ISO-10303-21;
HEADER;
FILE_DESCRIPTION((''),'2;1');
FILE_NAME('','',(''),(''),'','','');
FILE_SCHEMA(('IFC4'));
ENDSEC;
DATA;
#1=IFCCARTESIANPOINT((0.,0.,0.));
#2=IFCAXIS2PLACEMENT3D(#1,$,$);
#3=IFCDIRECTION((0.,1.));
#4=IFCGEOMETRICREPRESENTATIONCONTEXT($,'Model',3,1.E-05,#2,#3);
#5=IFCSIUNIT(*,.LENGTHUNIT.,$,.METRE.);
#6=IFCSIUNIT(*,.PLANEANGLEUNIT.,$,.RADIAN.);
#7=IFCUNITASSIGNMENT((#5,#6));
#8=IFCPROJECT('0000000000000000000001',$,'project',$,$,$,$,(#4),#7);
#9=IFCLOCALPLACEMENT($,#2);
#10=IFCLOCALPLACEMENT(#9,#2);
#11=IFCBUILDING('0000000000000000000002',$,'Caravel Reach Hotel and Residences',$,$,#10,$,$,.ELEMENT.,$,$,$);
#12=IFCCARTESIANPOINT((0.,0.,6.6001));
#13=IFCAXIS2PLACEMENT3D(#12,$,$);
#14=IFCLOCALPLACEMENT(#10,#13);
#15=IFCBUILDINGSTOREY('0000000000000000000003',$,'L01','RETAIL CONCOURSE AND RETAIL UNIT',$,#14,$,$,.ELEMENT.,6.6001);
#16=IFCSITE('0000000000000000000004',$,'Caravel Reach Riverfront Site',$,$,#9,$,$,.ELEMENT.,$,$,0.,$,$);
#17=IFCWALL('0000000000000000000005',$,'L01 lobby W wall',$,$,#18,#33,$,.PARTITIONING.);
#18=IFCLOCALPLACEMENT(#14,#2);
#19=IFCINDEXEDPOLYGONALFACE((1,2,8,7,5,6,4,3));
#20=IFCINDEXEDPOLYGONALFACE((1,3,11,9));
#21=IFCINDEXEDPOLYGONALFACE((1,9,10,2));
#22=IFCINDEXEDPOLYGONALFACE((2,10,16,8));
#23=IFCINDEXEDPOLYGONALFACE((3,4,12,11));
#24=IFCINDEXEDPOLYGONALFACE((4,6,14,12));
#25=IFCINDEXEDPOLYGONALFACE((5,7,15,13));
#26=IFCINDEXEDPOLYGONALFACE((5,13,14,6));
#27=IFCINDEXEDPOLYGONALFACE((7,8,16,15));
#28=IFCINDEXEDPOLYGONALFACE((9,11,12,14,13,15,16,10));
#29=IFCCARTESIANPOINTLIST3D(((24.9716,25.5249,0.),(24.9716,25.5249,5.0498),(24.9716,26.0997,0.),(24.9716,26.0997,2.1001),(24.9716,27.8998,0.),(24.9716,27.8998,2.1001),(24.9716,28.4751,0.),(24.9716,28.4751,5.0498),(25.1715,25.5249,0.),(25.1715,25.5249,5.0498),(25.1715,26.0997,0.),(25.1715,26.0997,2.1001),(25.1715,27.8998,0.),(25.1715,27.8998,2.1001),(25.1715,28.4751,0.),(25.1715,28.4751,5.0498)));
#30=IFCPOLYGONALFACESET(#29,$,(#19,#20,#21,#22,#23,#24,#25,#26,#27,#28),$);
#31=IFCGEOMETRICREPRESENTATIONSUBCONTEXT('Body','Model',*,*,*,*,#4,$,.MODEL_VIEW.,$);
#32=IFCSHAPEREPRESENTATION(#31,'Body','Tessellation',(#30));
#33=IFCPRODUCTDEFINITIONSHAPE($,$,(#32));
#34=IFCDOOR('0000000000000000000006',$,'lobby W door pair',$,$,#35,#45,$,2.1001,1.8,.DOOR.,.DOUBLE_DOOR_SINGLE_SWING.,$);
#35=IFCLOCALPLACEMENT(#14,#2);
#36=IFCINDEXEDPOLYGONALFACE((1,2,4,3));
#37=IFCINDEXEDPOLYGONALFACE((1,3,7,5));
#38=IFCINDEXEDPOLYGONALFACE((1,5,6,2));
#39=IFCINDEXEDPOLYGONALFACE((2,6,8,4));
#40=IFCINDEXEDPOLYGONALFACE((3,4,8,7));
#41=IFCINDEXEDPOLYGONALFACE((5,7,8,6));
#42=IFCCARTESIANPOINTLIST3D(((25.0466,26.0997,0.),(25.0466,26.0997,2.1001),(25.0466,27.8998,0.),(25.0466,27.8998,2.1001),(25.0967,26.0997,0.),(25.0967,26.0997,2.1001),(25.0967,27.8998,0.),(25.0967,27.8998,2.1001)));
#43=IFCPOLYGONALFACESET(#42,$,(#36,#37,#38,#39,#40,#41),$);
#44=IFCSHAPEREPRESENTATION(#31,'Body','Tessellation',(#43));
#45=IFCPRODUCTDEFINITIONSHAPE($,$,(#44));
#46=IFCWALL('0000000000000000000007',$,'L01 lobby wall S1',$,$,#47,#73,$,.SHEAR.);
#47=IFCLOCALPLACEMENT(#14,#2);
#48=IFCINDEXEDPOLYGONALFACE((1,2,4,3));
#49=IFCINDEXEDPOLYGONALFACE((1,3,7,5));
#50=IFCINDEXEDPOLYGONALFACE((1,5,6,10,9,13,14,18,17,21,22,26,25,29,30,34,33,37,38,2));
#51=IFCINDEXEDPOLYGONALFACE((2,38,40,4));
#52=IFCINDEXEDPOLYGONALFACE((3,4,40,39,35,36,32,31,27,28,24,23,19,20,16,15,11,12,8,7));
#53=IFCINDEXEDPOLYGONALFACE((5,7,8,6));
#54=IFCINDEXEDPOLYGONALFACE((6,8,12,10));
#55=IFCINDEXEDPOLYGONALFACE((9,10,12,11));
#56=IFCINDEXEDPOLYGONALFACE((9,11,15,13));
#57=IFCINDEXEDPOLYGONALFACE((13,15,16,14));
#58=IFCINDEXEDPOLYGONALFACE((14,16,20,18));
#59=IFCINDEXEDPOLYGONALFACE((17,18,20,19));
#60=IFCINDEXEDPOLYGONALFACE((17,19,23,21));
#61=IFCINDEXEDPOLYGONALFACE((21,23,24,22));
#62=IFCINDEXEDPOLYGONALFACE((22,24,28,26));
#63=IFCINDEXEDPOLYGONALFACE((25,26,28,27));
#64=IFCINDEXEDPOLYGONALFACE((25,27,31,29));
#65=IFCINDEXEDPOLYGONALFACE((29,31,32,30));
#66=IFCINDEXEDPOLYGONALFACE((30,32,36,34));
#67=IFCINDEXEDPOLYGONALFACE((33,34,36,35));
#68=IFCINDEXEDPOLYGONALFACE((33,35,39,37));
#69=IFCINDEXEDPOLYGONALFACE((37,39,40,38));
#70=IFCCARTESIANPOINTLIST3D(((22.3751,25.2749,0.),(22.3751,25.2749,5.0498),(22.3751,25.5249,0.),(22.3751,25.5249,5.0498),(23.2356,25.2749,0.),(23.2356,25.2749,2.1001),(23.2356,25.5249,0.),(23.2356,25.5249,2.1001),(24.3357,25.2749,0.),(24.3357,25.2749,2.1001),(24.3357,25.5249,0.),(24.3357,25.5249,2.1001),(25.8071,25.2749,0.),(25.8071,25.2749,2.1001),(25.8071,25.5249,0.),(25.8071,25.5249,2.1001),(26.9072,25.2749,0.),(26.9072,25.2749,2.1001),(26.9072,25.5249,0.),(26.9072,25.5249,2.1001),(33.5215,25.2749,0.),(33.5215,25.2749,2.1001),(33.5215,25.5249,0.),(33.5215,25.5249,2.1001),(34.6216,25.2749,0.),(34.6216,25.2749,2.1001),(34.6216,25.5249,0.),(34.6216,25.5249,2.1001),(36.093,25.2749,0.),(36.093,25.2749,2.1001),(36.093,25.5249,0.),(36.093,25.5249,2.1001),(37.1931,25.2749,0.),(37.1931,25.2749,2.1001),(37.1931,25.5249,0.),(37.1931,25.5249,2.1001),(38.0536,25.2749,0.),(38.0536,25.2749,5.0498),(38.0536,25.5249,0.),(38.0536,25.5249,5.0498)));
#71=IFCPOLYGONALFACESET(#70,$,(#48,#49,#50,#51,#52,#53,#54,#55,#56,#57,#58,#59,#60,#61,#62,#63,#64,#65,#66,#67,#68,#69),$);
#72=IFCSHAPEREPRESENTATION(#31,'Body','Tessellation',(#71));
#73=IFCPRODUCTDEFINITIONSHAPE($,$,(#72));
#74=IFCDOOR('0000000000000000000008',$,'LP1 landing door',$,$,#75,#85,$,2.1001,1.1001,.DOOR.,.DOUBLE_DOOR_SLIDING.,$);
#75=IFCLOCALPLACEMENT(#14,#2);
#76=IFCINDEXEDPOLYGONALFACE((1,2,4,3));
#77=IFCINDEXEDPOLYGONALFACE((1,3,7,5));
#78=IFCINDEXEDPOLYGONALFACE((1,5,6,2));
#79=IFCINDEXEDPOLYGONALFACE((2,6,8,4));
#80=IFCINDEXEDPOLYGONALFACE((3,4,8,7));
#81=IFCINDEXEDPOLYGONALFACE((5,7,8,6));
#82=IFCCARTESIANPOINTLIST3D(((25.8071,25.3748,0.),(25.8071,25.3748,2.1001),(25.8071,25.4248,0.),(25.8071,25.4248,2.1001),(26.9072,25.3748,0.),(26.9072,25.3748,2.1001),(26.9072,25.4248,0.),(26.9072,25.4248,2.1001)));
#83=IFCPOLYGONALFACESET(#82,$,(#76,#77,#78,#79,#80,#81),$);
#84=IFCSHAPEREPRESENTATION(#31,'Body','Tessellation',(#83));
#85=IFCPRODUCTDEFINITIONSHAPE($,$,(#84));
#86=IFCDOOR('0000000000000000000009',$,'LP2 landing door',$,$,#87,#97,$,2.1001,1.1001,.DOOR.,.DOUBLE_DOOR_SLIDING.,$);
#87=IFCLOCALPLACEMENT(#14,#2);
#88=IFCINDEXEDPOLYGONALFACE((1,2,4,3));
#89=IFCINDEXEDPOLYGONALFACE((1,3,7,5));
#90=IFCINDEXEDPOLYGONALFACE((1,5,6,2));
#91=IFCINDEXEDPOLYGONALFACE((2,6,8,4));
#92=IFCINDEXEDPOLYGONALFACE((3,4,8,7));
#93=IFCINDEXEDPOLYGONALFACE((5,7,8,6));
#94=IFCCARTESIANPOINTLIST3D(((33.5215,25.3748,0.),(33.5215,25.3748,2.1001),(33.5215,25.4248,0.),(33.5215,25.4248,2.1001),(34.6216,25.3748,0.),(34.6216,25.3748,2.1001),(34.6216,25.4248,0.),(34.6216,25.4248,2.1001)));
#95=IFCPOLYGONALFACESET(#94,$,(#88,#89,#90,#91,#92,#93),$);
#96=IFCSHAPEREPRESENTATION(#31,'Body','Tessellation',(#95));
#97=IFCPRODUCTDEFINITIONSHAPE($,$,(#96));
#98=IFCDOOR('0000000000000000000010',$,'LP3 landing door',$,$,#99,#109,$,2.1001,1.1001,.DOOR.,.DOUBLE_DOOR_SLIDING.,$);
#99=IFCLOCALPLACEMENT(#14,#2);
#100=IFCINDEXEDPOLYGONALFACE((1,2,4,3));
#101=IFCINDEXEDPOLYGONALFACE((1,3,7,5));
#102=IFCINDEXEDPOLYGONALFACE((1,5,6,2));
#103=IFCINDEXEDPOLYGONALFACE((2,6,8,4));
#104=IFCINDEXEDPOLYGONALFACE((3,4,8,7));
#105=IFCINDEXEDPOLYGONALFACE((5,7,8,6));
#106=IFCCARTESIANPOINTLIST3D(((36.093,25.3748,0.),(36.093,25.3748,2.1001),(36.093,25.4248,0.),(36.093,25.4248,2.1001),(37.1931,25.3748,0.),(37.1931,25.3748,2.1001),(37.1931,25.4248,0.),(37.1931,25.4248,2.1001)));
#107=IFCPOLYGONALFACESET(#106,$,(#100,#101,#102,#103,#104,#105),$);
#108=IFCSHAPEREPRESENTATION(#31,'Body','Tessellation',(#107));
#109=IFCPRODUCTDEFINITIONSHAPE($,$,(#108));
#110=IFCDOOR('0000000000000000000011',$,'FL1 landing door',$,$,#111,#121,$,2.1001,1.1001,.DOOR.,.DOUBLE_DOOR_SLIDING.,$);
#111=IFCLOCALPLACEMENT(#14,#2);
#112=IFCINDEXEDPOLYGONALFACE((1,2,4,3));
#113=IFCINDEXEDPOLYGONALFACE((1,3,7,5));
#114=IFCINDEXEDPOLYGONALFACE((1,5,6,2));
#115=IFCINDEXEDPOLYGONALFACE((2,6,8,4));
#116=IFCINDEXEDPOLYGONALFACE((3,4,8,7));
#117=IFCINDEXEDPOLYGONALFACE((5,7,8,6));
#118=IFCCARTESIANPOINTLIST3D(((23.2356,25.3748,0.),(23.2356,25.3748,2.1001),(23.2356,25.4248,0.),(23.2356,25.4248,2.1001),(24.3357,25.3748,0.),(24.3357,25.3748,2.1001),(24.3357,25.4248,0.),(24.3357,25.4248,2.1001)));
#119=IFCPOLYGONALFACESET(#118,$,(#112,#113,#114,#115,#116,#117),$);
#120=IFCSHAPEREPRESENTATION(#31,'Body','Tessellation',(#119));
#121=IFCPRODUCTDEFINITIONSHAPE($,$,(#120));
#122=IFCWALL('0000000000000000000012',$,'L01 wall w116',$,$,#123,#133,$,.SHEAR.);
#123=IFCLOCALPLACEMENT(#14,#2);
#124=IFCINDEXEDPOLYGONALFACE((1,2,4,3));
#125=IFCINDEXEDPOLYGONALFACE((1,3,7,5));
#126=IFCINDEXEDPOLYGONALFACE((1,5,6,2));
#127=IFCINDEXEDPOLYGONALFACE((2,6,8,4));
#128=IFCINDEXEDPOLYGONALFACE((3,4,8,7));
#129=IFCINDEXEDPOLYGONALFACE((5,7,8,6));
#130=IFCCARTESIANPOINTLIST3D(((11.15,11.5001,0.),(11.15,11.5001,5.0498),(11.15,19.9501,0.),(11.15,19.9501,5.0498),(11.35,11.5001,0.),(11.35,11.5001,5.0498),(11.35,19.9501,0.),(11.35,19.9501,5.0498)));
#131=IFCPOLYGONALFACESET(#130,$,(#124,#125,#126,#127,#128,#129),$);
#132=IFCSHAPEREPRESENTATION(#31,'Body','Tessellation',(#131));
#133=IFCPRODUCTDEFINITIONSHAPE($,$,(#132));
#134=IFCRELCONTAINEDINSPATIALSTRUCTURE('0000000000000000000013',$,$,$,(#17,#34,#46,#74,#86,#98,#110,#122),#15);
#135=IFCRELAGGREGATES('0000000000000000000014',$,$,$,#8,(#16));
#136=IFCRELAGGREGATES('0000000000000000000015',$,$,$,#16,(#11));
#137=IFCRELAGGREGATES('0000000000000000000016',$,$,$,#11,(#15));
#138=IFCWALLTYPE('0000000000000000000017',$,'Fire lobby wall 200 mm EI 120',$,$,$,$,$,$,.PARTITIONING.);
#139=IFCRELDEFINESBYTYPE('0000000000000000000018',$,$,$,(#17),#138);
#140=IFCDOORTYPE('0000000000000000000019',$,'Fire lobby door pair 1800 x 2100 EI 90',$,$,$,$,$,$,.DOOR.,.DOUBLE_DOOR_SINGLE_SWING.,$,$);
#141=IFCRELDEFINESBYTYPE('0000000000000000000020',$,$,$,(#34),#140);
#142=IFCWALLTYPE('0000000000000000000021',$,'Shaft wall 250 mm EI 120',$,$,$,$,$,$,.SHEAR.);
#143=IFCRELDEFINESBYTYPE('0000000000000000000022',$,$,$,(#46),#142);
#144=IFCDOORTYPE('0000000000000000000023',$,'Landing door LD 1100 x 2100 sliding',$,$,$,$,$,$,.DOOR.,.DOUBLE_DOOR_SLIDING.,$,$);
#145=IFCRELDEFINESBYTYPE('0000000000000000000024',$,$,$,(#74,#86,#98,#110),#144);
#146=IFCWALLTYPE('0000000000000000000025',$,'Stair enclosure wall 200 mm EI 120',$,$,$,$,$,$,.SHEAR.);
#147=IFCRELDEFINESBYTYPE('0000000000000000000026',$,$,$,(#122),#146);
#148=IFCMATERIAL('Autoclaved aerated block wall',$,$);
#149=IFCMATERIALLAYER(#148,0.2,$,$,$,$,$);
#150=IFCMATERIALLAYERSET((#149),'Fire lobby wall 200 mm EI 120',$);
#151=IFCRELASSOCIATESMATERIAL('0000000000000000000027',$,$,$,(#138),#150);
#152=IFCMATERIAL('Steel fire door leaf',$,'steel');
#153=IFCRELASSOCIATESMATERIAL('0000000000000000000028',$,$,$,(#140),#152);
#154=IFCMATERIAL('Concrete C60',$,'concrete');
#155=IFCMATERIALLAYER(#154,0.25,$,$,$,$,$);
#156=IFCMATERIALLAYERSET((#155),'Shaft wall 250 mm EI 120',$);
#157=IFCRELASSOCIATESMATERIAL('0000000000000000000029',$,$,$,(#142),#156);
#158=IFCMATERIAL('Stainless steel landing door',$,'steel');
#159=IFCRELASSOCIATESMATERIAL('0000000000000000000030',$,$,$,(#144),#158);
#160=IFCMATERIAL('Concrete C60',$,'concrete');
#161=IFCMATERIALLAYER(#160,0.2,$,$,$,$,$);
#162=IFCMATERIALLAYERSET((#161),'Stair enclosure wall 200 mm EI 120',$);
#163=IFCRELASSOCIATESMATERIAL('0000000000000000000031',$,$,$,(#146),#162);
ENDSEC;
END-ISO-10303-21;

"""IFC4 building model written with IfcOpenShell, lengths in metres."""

from ifc_helpers import new_model, si_unit, direction, frame, frame_2d, origin, place, context, subcontext, project, spatial, rectangle, extrude, material, layer, layer_set, type_object, element, fill, save


model = new_model("IFC4")

# Units and contexts
model_context = context("Model", 3, precision=1e-05, world=origin(), true_north=direction((0.0, 1.0)))
body_context = subcontext(model_context, "Body", "Model", "MODEL_VIEW")
ifc_project = project(units=[si_unit("LENGTHUNIT", "METRE"), si_unit("PLANEANGLEUNIT", "RADIAN")], contexts=[model_context])

# Site, building, storey
site_placement = place(None, origin())
site = spatial("IfcSite", under=ifc_project, at=site_placement, Name="Caravel Reach Riverfront Site", CompositionType="ELEMENT", RefElevation=0.0)
building_placement = place(site_placement, origin())
building = spatial("IfcBuilding", under=site, at=building_placement, Name="Caravel Reach Hotel and Residences", CompositionType="ELEMENT")
storey_placement = place(building_placement, frame((0.0, 0.0, 6.6001)))
storey = spatial("IfcBuildingStorey", under=building, at=storey_placement, Name="L01", Description="RETAIL CONCOURSE AND RETAIL UNIT", CompositionType="ELEMENT", Elevation=6.6001)

# Wall, opening, door
ifc_material_1 = material(Name="Autoclaved aerated block wall")
ifc_layer_1 = layer(ifc_material_1, 0.2)
ifc_layer_set_1 = layer_set([ifc_layer_1], Name="Fire lobby wall 200 mm EI 120")
wall_type_1 = type_object("IfcWallType", Name="Fire lobby wall 200 mm EI 120", PredefinedType="PARTITIONING", material=ifc_layer_set_1)
wall_1_placement = place(storey_placement, frame((25.0715, 25.5249, 0.0), z_axis=(0.0, 0.0, 1.0), x_axis=(0.0, 1.0, 0.0)))
wall_1 = element("IfcWall", 1, at=wall_1_placement, inside=storey, type_object=wall_type_1, Name="L01 lobby W wall", PredefinedType="PARTITIONING", context=body_context, shape_type="SweptSolid", body=[
    extrude(rectangle(XDim=2.9502, YDim=0.2, at=frame_2d((1.4751, 0.0))), origin(), (0.0, 0.0, 1.0), 5.0498),
])
opening_1_placement = place(wall_1_placement, frame((0.575, 0.0, 0.0)))
opening_1 = element("IfcOpeningElement", 2, at=opening_1_placement, cuts=wall_1, PredefinedType="OPENING", context=body_context, shape_type="SweptSolid", body=[
    extrude(rectangle(XDim=1.8, YDim=2.1001, at=frame_2d((0.8999, 1.05))), frame((0.0, 0.1099, 0.0), z_axis=(0.0, -1.0, 0.0), x_axis=(1.0, 0.0, 0.0)), (0.0, 0.0, 1.0), 0.22),
])
ifc_material_2 = material(Name="Steel fire door leaf", Category="steel")
door_type_1 = type_object("IfcDoorType", Name="Fire lobby door pair 1800 x 2100 EI 90", OperationType="DOUBLE_DOOR_SINGLE_SWING", PredefinedType="DOOR", material=ifc_material_2)
door_1_placement = place(opening_1_placement, origin())
door_1 = element("IfcDoor", 3, at=door_1_placement, inside=storey, type_object=door_type_1, Name="lobby W door pair", OperationType="DOUBLE_DOOR_SINGLE_SWING", OverallHeight=2.1001, OverallWidth=1.8, PredefinedType="DOOR", context=body_context, shape_type="SweptSolid", body=[
    extrude(rectangle(XDim=1.8, YDim=2.1001, at=frame_2d((0.8999, 1.05))), frame((0.0, 0.0249, 0.0), z_axis=(0.0, -1.0, 0.0), x_axis=(1.0, 0.0, 0.0)), (0.0, 0.0, 1.0), 0.05),
])
fill(opening_1, door_1)

# Wall, openings, doors
ifc_material_3 = material(Name="Concrete C60", Category="concrete")
ifc_layer_2 = layer(ifc_material_3, 0.25)
ifc_layer_set_2 = layer_set([ifc_layer_2], Name="Shaft wall 250 mm EI 120")
wall_type_2 = type_object("IfcWallType", Name="Shaft wall 250 mm EI 120", PredefinedType="SHEAR", material=ifc_layer_set_2)
wall_2_placement = place(storey_placement, frame((22.375, 25.3999, 0.0), z_axis=(0.0, 0.0, 1.0), x_axis=(1.0, 0.0, 0.0)))
wall_2 = element("IfcWall", 4, at=wall_2_placement, inside=storey, type_object=wall_type_2, Name="L01 lobby wall S1", PredefinedType="SHEAR", context=body_context, shape_type="SweptSolid", body=[
    extrude(rectangle(XDim=15.6785, YDim=0.25, at=frame_2d((7.8394, 0.0))), origin(), (0.0, 0.0, 1.0), 5.0498),
])
opening_2_placement = place(wall_2_placement, frame((3.4321, 0.0, 0.0)))
opening_2 = element("IfcOpeningElement", 5, at=opening_2_placement, cuts=wall_2, PredefinedType="OPENING", context=body_context, shape_type="SweptSolid", body=[
    extrude(rectangle(XDim=1.1001, YDim=2.1001, at=frame_2d((0.55, 1.05))), frame((0.0, 0.135, 0.0), z_axis=(0.0, -1.0, 0.0), x_axis=(1.0, 0.0, 0.0)), (0.0, 0.0, 1.0), 0.27),
])
opening_3_placement = place(wall_2_placement, frame((11.1465, 0.0, 0.0)))
opening_3 = element("IfcOpeningElement", 6, at=opening_3_placement, cuts=wall_2, PredefinedType="OPENING", context=body_context, shape_type="SweptSolid", body=[
    extrude(rectangle(XDim=1.1001, YDim=2.1001, at=frame_2d((0.55, 1.05))), frame((0.0, 0.135, 0.0), z_axis=(0.0, -1.0, 0.0), x_axis=(1.0, 0.0, 0.0)), (0.0, 0.0, 1.0), 0.27),
])
opening_4_placement = place(wall_2_placement, frame((13.718, 0.0, 0.0)))
opening_4 = element("IfcOpeningElement", 7, at=opening_4_placement, cuts=wall_2, PredefinedType="OPENING", context=body_context, shape_type="SweptSolid", body=[
    extrude(rectangle(XDim=1.1001, YDim=2.1001, at=frame_2d((0.55, 1.05))), frame((0.0, 0.135, 0.0), z_axis=(0.0, -1.0, 0.0), x_axis=(1.0, 0.0, 0.0)), (0.0, 0.0, 1.0), 0.27),
])
opening_5_placement = place(wall_2_placement, frame((0.8606, 0.0, 0.0)))
opening_5 = element("IfcOpeningElement", 8, at=opening_5_placement, cuts=wall_2, PredefinedType="OPENING", context=body_context, shape_type="SweptSolid", body=[
    extrude(rectangle(XDim=1.1001, YDim=2.1001, at=frame_2d((0.55, 1.05))), frame((0.0, 0.135, 0.0), z_axis=(0.0, -1.0, 0.0), x_axis=(1.0, 0.0, 0.0)), (0.0, 0.0, 1.0), 0.27),
])
ifc_material_4 = material(Name="Stainless steel landing door", Category="steel")
door_type_2 = type_object("IfcDoorType", Name="Landing door LD 1100 x 2100 sliding", OperationType="DOUBLE_DOOR_SLIDING", PredefinedType="DOOR", material=ifc_material_4)
door_2_placement = place(opening_2_placement, origin())
door_2 = element("IfcDoor", 9, at=door_2_placement, inside=storey, type_object=door_type_2, Name="LP1 landing door", OperationType="DOUBLE_DOOR_SLIDING", OverallHeight=2.1001, OverallWidth=1.1001, PredefinedType="DOOR", context=body_context, shape_type="SweptSolid", body=[
    extrude(rectangle(XDim=1.1001, YDim=2.1001, at=frame_2d((0.55, 1.05))), frame((0.0, 0.0249, 0.0), z_axis=(0.0, -1.0, 0.0), x_axis=(1.0, 0.0, 0.0)), (0.0, 0.0, 1.0), 0.05),
])
fill(opening_2, door_2)
door_3_placement = place(opening_3_placement, origin())
door_3 = element("IfcDoor", 10, at=door_3_placement, inside=storey, type_object=door_type_2, Name="LP2 landing door", OperationType="DOUBLE_DOOR_SLIDING", OverallHeight=2.1001, OverallWidth=1.1001, PredefinedType="DOOR", context=body_context, shape_type="SweptSolid", body=[
    extrude(rectangle(XDim=1.1001, YDim=2.1001, at=frame_2d((0.55, 1.05))), frame((0.0, 0.0249, 0.0), z_axis=(0.0, -1.0, 0.0), x_axis=(1.0, 0.0, 0.0)), (0.0, 0.0, 1.0), 0.05),
])
fill(opening_3, door_3)
door_4_placement = place(opening_4_placement, origin())
door_4 = element("IfcDoor", 11, at=door_4_placement, inside=storey, type_object=door_type_2, Name="LP3 landing door", OperationType="DOUBLE_DOOR_SLIDING", OverallHeight=2.1001, OverallWidth=1.1001, PredefinedType="DOOR", context=body_context, shape_type="SweptSolid", body=[
    extrude(rectangle(XDim=1.1001, YDim=2.1001, at=frame_2d((0.55, 1.05))), frame((0.0, 0.0249, 0.0), z_axis=(0.0, -1.0, 0.0), x_axis=(1.0, 0.0, 0.0)), (0.0, 0.0, 1.0), 0.05),
])
fill(opening_4, door_4)
door_5_placement = place(opening_5_placement, origin())
door_5 = element("IfcDoor", 12, at=door_5_placement, inside=storey, type_object=door_type_2, Name="FL1 landing door", OperationType="DOUBLE_DOOR_SLIDING", OverallHeight=2.1001, OverallWidth=1.1001, PredefinedType="DOOR", context=body_context, shape_type="SweptSolid", body=[
    extrude(rectangle(XDim=1.1001, YDim=2.1001, at=frame_2d((0.55, 1.05))), frame((0.0, 0.0249, 0.0), z_axis=(0.0, -1.0, 0.0), x_axis=(1.0, 0.0, 0.0)), (0.0, 0.0, 1.0), 0.05),
])
fill(opening_5, door_5)

# Wall
ifc_material_5 = material(Name="Concrete C60", Category="concrete")
ifc_layer_3 = layer(ifc_material_5, 0.2)
ifc_layer_set_3 = layer_set([ifc_layer_3], Name="Stair enclosure wall 200 mm EI 120")
wall_type_3 = type_object("IfcWallType", Name="Stair enclosure wall 200 mm EI 120", PredefinedType="SHEAR", material=ifc_layer_set_3)
wall_3_placement = place(storey_placement, frame((11.25, 11.5, 0.0), z_axis=(0.0, 0.0, 1.0), x_axis=(0.0, 1.0, 0.0)))
element("IfcWall", 13, at=wall_3_placement, inside=storey, type_object=wall_type_3, Name="L01 wall w116", PredefinedType="SHEAR", context=body_context, shape_type="SweptSolid", body=[
    extrude(rectangle(XDim=8.45, YDim=0.2, at=frame_2d((4.2251, 0.0))), origin(), (0.0, 0.0, 1.0), 5.0498),
])

save(model, "model.ifc")
